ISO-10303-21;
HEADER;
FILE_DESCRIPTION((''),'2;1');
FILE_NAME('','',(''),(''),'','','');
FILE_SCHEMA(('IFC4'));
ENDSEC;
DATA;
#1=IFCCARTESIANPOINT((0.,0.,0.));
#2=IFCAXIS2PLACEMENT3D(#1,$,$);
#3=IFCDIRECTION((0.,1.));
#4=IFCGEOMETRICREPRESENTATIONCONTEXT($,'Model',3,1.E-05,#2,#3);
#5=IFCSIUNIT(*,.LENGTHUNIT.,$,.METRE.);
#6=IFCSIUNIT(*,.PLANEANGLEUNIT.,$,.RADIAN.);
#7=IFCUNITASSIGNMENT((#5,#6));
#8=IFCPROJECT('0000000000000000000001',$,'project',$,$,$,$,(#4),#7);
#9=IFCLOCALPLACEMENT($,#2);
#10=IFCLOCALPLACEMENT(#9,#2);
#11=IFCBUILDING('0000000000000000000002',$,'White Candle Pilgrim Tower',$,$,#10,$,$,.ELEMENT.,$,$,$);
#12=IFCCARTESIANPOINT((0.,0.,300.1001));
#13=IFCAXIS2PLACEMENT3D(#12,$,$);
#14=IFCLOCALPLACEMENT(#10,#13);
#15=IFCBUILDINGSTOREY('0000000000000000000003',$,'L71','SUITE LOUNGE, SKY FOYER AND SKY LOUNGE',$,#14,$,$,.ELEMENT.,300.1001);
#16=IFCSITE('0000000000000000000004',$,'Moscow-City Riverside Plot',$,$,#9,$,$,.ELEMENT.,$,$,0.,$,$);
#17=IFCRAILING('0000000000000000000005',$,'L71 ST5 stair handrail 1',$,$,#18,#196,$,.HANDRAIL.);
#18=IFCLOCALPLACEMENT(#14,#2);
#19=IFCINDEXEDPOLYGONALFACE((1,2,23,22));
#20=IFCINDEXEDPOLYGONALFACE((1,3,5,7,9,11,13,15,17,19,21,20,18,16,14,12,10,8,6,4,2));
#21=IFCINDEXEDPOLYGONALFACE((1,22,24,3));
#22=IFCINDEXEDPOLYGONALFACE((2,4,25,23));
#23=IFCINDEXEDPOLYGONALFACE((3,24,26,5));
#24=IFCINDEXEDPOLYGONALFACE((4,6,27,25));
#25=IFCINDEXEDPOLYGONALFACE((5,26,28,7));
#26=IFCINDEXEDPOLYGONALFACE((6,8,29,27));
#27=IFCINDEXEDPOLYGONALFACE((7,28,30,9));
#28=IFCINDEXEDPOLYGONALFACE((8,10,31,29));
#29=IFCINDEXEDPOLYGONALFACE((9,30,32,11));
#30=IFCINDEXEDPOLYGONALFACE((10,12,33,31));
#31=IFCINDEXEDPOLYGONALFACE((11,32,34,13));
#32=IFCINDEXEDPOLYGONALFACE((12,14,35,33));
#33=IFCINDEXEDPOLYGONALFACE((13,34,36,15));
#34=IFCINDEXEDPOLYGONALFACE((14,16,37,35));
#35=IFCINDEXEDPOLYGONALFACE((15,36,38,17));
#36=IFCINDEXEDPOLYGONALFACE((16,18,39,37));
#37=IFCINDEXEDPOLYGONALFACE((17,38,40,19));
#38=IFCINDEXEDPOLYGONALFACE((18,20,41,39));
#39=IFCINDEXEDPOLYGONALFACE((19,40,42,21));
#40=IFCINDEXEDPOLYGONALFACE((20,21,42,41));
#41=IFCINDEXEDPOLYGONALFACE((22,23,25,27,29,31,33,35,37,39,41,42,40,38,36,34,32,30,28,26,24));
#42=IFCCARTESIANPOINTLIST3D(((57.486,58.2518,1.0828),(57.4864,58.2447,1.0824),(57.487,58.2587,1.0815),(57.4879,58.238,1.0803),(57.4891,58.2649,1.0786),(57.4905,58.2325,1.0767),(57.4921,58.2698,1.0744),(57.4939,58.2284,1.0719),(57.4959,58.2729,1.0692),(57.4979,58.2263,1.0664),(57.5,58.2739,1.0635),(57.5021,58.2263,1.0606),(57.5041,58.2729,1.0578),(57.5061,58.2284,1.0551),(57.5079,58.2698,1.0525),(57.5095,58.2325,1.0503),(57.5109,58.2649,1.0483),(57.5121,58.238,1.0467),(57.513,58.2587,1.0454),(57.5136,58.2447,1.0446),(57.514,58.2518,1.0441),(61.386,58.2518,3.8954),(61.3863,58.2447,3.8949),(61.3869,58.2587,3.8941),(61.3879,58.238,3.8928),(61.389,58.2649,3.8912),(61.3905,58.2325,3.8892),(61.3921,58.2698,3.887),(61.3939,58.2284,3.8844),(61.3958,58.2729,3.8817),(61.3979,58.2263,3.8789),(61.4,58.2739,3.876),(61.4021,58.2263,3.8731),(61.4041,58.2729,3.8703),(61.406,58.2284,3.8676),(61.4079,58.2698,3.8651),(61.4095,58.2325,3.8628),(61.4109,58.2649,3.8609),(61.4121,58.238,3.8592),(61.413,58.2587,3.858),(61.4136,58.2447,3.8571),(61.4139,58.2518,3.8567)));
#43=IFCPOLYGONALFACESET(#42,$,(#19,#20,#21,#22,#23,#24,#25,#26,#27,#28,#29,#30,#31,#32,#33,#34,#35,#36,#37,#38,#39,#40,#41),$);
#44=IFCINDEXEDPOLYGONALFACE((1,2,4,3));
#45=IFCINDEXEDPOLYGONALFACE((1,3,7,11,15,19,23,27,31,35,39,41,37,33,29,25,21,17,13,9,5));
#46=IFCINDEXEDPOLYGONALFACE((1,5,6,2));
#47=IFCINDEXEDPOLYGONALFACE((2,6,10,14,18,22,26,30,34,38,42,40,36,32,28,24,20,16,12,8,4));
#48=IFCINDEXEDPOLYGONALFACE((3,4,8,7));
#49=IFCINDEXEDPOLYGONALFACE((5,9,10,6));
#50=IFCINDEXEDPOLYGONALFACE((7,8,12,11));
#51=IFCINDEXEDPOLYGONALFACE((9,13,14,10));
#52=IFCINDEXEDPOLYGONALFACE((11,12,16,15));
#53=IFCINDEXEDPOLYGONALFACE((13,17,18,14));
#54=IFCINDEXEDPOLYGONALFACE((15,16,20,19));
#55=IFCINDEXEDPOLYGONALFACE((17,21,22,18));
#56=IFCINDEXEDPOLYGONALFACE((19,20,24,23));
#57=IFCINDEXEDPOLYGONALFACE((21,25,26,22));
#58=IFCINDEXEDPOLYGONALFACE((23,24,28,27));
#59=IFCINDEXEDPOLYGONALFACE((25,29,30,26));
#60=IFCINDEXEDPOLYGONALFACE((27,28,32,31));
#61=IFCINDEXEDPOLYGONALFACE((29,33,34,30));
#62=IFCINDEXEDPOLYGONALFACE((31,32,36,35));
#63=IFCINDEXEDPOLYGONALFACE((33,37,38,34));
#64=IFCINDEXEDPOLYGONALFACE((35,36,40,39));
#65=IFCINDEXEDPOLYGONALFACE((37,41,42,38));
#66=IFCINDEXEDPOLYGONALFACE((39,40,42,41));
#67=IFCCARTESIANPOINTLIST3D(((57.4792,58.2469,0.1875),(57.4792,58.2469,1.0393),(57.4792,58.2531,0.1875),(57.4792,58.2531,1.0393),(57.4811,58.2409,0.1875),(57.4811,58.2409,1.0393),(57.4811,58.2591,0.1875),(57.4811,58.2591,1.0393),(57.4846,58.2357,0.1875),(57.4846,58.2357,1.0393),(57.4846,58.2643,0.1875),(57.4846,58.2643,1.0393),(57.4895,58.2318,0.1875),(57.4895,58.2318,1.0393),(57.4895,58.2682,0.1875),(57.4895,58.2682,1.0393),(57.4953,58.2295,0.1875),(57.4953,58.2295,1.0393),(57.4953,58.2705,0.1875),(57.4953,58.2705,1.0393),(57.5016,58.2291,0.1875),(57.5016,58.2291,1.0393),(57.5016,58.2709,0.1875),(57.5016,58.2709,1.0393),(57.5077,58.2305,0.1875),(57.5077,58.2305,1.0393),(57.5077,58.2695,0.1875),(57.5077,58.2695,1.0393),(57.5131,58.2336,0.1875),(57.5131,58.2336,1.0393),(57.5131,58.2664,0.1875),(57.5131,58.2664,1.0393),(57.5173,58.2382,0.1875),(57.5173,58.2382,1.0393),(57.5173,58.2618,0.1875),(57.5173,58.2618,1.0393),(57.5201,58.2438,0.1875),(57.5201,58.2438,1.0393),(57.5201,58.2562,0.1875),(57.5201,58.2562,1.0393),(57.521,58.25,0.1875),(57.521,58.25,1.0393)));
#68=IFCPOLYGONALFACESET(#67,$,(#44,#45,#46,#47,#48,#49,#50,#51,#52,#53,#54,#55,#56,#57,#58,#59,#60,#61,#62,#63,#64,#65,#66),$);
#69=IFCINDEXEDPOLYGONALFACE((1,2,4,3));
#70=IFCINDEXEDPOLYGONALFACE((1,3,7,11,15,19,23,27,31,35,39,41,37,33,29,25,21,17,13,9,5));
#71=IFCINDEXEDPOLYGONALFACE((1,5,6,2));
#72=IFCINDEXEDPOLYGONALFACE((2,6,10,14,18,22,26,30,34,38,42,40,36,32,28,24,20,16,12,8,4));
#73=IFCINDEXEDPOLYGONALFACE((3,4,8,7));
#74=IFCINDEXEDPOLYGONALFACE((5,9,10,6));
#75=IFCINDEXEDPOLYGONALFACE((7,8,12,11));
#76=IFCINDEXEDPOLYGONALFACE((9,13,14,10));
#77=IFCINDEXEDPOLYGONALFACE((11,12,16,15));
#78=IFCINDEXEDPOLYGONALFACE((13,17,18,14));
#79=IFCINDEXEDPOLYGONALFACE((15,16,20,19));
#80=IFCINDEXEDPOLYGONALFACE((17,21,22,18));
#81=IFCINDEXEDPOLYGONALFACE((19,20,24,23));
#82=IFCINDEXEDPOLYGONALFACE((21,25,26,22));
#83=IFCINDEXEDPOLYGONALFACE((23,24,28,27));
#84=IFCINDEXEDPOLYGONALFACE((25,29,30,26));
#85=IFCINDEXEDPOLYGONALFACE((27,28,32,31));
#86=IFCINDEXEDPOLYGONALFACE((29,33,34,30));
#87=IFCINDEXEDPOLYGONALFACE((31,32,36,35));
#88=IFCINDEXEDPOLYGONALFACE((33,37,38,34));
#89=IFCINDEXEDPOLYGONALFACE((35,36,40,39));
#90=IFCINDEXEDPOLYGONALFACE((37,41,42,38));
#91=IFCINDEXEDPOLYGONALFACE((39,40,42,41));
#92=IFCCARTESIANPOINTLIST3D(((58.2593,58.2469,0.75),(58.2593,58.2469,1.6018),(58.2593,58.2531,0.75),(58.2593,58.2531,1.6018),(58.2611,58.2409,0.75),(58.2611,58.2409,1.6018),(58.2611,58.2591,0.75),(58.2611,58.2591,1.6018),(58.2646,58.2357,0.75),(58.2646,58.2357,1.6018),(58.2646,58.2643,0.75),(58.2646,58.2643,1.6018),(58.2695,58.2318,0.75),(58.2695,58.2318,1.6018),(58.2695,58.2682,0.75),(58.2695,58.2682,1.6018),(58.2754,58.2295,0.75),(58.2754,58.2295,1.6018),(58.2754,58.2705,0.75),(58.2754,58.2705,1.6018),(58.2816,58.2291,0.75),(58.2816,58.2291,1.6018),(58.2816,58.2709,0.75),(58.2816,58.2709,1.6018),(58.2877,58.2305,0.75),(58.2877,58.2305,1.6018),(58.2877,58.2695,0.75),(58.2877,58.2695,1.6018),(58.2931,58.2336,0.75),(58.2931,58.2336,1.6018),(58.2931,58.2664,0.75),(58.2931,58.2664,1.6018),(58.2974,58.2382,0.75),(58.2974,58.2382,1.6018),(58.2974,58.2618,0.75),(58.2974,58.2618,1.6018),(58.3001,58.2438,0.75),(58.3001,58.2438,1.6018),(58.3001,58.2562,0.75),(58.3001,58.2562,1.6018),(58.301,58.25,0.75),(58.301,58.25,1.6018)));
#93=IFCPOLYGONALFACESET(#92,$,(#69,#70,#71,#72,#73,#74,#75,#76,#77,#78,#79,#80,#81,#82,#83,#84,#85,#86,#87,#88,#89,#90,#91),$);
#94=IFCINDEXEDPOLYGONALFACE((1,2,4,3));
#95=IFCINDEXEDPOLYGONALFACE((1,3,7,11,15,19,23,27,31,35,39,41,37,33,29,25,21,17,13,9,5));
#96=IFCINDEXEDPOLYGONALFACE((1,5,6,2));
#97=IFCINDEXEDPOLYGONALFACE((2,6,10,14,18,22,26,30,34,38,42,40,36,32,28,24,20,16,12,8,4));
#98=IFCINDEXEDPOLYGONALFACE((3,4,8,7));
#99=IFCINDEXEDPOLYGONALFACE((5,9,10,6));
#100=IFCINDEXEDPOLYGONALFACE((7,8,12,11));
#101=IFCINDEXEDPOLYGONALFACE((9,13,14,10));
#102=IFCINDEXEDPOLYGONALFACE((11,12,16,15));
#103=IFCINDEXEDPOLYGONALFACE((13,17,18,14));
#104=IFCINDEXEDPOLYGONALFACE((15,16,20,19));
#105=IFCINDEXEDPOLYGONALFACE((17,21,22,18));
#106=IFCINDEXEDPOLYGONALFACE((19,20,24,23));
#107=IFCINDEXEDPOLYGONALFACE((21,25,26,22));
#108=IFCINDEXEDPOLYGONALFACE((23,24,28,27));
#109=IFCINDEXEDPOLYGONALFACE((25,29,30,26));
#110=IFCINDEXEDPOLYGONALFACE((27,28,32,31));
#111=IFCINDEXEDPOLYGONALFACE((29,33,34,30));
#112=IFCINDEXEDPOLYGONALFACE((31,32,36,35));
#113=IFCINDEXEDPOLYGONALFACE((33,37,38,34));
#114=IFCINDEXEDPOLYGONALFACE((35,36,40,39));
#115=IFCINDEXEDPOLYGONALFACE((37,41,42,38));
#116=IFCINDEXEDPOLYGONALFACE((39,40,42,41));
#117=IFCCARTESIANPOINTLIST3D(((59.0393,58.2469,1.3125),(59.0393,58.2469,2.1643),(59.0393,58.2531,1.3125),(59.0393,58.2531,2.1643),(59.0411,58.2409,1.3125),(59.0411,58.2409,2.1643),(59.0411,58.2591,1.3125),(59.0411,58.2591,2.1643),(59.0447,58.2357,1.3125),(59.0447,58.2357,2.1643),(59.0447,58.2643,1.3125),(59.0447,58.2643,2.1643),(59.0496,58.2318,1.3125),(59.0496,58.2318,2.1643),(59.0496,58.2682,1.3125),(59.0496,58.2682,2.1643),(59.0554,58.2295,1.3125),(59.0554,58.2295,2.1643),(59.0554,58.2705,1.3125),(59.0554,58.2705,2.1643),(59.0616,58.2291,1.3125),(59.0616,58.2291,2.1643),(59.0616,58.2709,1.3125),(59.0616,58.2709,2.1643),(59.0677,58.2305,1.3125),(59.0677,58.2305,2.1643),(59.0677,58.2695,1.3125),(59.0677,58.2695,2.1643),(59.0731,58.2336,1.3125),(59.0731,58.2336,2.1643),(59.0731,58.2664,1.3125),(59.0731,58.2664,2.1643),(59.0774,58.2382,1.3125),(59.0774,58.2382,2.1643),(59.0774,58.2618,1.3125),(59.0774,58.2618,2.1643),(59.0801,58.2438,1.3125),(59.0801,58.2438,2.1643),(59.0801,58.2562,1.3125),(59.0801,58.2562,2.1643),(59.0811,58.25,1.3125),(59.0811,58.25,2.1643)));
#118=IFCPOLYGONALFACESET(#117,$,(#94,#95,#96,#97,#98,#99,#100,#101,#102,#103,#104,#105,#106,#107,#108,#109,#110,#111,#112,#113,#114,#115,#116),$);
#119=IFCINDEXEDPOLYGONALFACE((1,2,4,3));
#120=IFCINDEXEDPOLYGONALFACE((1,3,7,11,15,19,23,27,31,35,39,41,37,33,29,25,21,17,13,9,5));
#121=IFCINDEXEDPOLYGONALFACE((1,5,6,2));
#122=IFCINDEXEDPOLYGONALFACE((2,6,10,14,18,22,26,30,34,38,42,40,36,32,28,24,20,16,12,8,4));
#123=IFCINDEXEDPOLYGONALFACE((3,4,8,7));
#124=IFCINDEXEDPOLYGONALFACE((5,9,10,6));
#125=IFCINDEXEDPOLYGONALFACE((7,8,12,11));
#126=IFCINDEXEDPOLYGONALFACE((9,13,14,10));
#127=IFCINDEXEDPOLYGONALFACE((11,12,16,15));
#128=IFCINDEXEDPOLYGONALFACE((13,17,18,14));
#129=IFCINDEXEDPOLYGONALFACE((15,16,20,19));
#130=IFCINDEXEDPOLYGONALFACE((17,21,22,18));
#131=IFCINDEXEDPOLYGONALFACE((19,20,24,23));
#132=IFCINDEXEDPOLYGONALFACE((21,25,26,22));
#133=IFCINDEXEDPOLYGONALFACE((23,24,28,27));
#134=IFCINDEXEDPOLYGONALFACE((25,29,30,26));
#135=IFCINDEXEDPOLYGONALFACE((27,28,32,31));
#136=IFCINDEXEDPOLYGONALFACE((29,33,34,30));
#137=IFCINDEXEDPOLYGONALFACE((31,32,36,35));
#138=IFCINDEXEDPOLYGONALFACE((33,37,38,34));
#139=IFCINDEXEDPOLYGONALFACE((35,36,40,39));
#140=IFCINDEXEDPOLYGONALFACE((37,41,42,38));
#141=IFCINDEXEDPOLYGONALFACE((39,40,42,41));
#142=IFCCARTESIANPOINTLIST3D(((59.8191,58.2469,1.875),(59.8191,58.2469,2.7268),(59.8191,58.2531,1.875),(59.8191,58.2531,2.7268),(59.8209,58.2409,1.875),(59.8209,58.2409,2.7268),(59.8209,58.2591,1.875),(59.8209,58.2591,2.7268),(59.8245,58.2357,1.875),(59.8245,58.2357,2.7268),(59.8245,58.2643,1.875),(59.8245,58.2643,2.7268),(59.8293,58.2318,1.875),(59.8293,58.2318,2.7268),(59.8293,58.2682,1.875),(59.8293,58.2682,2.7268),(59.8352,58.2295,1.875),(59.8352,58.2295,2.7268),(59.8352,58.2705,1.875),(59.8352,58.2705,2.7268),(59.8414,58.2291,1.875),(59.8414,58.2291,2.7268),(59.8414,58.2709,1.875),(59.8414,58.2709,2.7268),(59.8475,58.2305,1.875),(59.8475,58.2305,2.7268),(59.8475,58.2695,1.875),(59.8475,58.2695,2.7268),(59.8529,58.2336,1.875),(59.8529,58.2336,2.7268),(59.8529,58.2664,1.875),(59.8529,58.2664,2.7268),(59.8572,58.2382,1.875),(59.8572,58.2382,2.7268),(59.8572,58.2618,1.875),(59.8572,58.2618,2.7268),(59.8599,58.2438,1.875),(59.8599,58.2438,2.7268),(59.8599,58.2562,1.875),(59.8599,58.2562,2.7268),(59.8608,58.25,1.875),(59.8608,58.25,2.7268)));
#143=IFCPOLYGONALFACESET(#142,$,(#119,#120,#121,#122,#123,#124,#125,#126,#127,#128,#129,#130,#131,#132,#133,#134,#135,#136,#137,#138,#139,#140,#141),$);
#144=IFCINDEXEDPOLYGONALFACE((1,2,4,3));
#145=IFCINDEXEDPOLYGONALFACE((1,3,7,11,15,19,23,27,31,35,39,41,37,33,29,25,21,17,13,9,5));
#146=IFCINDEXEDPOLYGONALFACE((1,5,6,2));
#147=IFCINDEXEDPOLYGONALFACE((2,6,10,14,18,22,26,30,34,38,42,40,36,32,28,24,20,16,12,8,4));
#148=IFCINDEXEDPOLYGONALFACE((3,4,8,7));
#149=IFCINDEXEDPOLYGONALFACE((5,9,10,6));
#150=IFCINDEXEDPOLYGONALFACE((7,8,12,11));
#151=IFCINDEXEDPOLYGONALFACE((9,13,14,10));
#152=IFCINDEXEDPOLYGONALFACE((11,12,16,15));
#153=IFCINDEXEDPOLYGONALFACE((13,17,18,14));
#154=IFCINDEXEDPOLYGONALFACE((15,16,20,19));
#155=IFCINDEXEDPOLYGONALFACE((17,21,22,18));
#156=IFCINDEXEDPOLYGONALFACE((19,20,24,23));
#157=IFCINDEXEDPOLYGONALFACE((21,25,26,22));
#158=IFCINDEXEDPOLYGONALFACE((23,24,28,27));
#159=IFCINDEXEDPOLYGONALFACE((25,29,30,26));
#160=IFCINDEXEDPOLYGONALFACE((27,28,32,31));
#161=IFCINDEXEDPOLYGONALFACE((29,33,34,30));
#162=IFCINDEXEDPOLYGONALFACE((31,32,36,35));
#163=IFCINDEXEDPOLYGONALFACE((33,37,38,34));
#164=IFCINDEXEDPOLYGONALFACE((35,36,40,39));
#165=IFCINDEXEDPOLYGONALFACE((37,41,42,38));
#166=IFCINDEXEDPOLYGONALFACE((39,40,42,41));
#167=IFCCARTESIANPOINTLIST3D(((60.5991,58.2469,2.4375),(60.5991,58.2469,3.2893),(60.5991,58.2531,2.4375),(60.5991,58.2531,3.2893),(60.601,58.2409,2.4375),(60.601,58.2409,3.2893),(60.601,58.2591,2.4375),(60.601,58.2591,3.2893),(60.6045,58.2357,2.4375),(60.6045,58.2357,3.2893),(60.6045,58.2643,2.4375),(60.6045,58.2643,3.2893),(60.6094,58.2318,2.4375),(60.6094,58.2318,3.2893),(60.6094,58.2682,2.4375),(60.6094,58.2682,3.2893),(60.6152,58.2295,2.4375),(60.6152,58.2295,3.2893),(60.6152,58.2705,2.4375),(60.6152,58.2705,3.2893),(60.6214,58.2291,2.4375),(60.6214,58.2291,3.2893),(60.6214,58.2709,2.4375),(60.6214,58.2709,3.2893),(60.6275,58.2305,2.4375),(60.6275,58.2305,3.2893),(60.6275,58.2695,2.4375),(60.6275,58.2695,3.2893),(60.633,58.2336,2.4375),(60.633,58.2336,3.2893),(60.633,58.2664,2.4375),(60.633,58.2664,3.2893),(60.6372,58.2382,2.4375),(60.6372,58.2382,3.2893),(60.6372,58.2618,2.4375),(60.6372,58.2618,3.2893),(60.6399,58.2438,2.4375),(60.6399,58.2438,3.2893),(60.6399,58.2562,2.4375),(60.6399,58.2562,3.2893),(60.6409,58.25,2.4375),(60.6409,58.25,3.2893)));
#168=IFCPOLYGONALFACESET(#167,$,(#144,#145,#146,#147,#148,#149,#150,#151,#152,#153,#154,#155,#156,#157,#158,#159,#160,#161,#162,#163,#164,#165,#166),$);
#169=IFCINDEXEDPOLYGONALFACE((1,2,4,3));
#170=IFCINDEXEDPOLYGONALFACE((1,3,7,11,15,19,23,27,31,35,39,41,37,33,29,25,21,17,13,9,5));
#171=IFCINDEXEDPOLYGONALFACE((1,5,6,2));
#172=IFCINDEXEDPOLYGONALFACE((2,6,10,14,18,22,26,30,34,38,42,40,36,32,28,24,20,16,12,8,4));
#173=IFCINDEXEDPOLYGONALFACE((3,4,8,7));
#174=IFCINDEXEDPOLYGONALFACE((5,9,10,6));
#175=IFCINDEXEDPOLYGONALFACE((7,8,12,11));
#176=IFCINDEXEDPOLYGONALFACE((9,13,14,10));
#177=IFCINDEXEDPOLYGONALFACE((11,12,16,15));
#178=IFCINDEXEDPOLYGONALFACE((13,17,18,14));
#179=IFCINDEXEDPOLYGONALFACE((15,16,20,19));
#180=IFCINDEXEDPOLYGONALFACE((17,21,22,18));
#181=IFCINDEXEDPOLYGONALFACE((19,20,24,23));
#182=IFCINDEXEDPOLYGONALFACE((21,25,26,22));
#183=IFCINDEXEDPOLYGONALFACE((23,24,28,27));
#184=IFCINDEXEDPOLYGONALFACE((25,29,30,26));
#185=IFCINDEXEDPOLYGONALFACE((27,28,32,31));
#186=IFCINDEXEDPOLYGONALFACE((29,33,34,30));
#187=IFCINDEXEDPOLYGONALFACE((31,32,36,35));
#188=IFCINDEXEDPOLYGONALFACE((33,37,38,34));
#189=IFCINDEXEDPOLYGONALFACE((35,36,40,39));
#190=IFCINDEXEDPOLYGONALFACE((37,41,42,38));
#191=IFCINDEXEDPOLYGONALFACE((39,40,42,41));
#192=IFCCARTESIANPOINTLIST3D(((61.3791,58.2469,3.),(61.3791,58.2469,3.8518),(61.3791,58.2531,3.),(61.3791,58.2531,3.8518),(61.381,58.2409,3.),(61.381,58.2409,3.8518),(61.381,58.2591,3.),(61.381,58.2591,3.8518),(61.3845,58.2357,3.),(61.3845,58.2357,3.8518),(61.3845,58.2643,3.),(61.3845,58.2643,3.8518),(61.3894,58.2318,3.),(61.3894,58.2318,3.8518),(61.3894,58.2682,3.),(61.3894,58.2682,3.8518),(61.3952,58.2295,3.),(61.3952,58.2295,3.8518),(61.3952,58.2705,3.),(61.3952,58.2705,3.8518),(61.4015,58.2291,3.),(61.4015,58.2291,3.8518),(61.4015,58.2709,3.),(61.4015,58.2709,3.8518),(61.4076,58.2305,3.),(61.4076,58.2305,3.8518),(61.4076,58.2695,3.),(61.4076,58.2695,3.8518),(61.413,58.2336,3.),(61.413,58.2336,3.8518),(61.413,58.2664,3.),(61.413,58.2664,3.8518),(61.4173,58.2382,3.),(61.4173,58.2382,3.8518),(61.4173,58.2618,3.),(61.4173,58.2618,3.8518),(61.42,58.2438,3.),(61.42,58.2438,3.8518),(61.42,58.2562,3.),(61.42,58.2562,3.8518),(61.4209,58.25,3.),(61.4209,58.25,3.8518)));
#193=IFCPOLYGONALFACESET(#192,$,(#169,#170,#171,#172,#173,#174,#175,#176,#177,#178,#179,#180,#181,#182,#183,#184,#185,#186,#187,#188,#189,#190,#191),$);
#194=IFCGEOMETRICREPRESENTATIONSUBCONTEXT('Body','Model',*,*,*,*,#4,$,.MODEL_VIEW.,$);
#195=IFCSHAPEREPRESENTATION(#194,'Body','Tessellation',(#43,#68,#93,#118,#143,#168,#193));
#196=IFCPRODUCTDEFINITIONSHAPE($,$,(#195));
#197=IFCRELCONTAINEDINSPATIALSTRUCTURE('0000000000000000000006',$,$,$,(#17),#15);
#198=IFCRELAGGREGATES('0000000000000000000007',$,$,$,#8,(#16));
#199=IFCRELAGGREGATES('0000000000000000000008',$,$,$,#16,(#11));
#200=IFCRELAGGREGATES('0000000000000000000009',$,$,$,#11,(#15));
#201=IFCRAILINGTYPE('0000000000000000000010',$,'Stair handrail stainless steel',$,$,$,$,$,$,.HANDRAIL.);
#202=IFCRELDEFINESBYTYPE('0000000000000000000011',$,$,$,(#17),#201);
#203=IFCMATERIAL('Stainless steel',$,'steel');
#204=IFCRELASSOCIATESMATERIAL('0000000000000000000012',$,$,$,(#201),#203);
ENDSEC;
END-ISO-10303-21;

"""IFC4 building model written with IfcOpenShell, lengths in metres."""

from ifc_helpers import new_model, si_unit, direction, frame, origin, origin_2d, place, context, subcontext, project, spatial, circle, extrude, material, type_object, element, save


model = new_model("IFC4")

# Units and contexts
model_context = context("Model", 3, precision=1e-05, world=origin(), true_north=direction((0.0, 1.0)))
body_context = subcontext(model_context, "Body", "Model", "MODEL_VIEW")
ifc_project = project(units=[si_unit("LENGTHUNIT", "METRE"), si_unit("PLANEANGLEUNIT", "RADIAN")], contexts=[model_context])

# Site, building, storey
site_placement = place(None, origin())
site = spatial("IfcSite", under=ifc_project, at=site_placement, Name="Moscow-City Riverside Plot", CompositionType="ELEMENT", RefElevation=0.0)
building_placement = place(site_placement, origin())
building = spatial("IfcBuilding", under=site, at=building_placement, Name="White Candle Pilgrim Tower", CompositionType="ELEMENT")
storey_placement = place(building_placement, frame((0.0, 0.0, 300.1001)))
storey = spatial("IfcBuildingStorey", under=building, at=storey_placement, Name="L71", Description="SUITE LOUNGE, SKY FOYER AND SKY LOUNGE", CompositionType="ELEMENT", Elevation=300.1001)

# Railing
ifc_material_1 = material(Name="Stainless steel", Category="steel")
railing_type_1 = type_object("IfcRailingType", Name="Stair handrail stainless steel", PredefinedType="HANDRAIL", material=ifc_material_1)
railing_1_placement = place(storey_placement, frame((57.5, 58.25, 0.1875)))
element("IfcRailing", 1, at=railing_1_placement, inside=storey, type_object=railing_type_1, Name="L71 ST5 stair handrail 1", PredefinedType="HANDRAIL", context=body_context, shape_type="SweptSolid", body=[
    extrude(circle(Radius=0.0239, at=origin_2d()), frame((0.0, 0.0, 0.876), z_axis=(0.811083, 0.0, 0.584931), x_axis=(0.0, 1.0, 0.0)), (0.0, 0.0, 1.0), 4.8083),
    extrude(circle(Radius=0.021, at=origin_2d()), origin(), (0.0, 0.0, 1.0), 0.8518),
    extrude(circle(Radius=0.021, at=origin_2d()), frame((0.78, 0.0, 0.5625)), (0.0, 0.0, 1.0), 0.8518),
    extrude(circle(Radius=0.021, at=origin_2d()), frame((1.5601, 0.0, 1.125)), (0.0, 0.0, 1.0), 0.8518),
    extrude(circle(Radius=0.021, at=origin_2d()), frame((2.3398, 0.0, 1.6875)), (0.0, 0.0, 1.0), 0.8518),
    extrude(circle(Radius=0.021, at=origin_2d()), frame((3.1199, 0.0, 2.25)), (0.0, 0.0, 1.0), 0.8518),
    extrude(circle(Radius=0.021, at=origin_2d()), frame((3.8999, 0.0, 2.8125)), (0.0, 0.0, 1.0), 0.8518),
])

save(model, "model.ifc")
